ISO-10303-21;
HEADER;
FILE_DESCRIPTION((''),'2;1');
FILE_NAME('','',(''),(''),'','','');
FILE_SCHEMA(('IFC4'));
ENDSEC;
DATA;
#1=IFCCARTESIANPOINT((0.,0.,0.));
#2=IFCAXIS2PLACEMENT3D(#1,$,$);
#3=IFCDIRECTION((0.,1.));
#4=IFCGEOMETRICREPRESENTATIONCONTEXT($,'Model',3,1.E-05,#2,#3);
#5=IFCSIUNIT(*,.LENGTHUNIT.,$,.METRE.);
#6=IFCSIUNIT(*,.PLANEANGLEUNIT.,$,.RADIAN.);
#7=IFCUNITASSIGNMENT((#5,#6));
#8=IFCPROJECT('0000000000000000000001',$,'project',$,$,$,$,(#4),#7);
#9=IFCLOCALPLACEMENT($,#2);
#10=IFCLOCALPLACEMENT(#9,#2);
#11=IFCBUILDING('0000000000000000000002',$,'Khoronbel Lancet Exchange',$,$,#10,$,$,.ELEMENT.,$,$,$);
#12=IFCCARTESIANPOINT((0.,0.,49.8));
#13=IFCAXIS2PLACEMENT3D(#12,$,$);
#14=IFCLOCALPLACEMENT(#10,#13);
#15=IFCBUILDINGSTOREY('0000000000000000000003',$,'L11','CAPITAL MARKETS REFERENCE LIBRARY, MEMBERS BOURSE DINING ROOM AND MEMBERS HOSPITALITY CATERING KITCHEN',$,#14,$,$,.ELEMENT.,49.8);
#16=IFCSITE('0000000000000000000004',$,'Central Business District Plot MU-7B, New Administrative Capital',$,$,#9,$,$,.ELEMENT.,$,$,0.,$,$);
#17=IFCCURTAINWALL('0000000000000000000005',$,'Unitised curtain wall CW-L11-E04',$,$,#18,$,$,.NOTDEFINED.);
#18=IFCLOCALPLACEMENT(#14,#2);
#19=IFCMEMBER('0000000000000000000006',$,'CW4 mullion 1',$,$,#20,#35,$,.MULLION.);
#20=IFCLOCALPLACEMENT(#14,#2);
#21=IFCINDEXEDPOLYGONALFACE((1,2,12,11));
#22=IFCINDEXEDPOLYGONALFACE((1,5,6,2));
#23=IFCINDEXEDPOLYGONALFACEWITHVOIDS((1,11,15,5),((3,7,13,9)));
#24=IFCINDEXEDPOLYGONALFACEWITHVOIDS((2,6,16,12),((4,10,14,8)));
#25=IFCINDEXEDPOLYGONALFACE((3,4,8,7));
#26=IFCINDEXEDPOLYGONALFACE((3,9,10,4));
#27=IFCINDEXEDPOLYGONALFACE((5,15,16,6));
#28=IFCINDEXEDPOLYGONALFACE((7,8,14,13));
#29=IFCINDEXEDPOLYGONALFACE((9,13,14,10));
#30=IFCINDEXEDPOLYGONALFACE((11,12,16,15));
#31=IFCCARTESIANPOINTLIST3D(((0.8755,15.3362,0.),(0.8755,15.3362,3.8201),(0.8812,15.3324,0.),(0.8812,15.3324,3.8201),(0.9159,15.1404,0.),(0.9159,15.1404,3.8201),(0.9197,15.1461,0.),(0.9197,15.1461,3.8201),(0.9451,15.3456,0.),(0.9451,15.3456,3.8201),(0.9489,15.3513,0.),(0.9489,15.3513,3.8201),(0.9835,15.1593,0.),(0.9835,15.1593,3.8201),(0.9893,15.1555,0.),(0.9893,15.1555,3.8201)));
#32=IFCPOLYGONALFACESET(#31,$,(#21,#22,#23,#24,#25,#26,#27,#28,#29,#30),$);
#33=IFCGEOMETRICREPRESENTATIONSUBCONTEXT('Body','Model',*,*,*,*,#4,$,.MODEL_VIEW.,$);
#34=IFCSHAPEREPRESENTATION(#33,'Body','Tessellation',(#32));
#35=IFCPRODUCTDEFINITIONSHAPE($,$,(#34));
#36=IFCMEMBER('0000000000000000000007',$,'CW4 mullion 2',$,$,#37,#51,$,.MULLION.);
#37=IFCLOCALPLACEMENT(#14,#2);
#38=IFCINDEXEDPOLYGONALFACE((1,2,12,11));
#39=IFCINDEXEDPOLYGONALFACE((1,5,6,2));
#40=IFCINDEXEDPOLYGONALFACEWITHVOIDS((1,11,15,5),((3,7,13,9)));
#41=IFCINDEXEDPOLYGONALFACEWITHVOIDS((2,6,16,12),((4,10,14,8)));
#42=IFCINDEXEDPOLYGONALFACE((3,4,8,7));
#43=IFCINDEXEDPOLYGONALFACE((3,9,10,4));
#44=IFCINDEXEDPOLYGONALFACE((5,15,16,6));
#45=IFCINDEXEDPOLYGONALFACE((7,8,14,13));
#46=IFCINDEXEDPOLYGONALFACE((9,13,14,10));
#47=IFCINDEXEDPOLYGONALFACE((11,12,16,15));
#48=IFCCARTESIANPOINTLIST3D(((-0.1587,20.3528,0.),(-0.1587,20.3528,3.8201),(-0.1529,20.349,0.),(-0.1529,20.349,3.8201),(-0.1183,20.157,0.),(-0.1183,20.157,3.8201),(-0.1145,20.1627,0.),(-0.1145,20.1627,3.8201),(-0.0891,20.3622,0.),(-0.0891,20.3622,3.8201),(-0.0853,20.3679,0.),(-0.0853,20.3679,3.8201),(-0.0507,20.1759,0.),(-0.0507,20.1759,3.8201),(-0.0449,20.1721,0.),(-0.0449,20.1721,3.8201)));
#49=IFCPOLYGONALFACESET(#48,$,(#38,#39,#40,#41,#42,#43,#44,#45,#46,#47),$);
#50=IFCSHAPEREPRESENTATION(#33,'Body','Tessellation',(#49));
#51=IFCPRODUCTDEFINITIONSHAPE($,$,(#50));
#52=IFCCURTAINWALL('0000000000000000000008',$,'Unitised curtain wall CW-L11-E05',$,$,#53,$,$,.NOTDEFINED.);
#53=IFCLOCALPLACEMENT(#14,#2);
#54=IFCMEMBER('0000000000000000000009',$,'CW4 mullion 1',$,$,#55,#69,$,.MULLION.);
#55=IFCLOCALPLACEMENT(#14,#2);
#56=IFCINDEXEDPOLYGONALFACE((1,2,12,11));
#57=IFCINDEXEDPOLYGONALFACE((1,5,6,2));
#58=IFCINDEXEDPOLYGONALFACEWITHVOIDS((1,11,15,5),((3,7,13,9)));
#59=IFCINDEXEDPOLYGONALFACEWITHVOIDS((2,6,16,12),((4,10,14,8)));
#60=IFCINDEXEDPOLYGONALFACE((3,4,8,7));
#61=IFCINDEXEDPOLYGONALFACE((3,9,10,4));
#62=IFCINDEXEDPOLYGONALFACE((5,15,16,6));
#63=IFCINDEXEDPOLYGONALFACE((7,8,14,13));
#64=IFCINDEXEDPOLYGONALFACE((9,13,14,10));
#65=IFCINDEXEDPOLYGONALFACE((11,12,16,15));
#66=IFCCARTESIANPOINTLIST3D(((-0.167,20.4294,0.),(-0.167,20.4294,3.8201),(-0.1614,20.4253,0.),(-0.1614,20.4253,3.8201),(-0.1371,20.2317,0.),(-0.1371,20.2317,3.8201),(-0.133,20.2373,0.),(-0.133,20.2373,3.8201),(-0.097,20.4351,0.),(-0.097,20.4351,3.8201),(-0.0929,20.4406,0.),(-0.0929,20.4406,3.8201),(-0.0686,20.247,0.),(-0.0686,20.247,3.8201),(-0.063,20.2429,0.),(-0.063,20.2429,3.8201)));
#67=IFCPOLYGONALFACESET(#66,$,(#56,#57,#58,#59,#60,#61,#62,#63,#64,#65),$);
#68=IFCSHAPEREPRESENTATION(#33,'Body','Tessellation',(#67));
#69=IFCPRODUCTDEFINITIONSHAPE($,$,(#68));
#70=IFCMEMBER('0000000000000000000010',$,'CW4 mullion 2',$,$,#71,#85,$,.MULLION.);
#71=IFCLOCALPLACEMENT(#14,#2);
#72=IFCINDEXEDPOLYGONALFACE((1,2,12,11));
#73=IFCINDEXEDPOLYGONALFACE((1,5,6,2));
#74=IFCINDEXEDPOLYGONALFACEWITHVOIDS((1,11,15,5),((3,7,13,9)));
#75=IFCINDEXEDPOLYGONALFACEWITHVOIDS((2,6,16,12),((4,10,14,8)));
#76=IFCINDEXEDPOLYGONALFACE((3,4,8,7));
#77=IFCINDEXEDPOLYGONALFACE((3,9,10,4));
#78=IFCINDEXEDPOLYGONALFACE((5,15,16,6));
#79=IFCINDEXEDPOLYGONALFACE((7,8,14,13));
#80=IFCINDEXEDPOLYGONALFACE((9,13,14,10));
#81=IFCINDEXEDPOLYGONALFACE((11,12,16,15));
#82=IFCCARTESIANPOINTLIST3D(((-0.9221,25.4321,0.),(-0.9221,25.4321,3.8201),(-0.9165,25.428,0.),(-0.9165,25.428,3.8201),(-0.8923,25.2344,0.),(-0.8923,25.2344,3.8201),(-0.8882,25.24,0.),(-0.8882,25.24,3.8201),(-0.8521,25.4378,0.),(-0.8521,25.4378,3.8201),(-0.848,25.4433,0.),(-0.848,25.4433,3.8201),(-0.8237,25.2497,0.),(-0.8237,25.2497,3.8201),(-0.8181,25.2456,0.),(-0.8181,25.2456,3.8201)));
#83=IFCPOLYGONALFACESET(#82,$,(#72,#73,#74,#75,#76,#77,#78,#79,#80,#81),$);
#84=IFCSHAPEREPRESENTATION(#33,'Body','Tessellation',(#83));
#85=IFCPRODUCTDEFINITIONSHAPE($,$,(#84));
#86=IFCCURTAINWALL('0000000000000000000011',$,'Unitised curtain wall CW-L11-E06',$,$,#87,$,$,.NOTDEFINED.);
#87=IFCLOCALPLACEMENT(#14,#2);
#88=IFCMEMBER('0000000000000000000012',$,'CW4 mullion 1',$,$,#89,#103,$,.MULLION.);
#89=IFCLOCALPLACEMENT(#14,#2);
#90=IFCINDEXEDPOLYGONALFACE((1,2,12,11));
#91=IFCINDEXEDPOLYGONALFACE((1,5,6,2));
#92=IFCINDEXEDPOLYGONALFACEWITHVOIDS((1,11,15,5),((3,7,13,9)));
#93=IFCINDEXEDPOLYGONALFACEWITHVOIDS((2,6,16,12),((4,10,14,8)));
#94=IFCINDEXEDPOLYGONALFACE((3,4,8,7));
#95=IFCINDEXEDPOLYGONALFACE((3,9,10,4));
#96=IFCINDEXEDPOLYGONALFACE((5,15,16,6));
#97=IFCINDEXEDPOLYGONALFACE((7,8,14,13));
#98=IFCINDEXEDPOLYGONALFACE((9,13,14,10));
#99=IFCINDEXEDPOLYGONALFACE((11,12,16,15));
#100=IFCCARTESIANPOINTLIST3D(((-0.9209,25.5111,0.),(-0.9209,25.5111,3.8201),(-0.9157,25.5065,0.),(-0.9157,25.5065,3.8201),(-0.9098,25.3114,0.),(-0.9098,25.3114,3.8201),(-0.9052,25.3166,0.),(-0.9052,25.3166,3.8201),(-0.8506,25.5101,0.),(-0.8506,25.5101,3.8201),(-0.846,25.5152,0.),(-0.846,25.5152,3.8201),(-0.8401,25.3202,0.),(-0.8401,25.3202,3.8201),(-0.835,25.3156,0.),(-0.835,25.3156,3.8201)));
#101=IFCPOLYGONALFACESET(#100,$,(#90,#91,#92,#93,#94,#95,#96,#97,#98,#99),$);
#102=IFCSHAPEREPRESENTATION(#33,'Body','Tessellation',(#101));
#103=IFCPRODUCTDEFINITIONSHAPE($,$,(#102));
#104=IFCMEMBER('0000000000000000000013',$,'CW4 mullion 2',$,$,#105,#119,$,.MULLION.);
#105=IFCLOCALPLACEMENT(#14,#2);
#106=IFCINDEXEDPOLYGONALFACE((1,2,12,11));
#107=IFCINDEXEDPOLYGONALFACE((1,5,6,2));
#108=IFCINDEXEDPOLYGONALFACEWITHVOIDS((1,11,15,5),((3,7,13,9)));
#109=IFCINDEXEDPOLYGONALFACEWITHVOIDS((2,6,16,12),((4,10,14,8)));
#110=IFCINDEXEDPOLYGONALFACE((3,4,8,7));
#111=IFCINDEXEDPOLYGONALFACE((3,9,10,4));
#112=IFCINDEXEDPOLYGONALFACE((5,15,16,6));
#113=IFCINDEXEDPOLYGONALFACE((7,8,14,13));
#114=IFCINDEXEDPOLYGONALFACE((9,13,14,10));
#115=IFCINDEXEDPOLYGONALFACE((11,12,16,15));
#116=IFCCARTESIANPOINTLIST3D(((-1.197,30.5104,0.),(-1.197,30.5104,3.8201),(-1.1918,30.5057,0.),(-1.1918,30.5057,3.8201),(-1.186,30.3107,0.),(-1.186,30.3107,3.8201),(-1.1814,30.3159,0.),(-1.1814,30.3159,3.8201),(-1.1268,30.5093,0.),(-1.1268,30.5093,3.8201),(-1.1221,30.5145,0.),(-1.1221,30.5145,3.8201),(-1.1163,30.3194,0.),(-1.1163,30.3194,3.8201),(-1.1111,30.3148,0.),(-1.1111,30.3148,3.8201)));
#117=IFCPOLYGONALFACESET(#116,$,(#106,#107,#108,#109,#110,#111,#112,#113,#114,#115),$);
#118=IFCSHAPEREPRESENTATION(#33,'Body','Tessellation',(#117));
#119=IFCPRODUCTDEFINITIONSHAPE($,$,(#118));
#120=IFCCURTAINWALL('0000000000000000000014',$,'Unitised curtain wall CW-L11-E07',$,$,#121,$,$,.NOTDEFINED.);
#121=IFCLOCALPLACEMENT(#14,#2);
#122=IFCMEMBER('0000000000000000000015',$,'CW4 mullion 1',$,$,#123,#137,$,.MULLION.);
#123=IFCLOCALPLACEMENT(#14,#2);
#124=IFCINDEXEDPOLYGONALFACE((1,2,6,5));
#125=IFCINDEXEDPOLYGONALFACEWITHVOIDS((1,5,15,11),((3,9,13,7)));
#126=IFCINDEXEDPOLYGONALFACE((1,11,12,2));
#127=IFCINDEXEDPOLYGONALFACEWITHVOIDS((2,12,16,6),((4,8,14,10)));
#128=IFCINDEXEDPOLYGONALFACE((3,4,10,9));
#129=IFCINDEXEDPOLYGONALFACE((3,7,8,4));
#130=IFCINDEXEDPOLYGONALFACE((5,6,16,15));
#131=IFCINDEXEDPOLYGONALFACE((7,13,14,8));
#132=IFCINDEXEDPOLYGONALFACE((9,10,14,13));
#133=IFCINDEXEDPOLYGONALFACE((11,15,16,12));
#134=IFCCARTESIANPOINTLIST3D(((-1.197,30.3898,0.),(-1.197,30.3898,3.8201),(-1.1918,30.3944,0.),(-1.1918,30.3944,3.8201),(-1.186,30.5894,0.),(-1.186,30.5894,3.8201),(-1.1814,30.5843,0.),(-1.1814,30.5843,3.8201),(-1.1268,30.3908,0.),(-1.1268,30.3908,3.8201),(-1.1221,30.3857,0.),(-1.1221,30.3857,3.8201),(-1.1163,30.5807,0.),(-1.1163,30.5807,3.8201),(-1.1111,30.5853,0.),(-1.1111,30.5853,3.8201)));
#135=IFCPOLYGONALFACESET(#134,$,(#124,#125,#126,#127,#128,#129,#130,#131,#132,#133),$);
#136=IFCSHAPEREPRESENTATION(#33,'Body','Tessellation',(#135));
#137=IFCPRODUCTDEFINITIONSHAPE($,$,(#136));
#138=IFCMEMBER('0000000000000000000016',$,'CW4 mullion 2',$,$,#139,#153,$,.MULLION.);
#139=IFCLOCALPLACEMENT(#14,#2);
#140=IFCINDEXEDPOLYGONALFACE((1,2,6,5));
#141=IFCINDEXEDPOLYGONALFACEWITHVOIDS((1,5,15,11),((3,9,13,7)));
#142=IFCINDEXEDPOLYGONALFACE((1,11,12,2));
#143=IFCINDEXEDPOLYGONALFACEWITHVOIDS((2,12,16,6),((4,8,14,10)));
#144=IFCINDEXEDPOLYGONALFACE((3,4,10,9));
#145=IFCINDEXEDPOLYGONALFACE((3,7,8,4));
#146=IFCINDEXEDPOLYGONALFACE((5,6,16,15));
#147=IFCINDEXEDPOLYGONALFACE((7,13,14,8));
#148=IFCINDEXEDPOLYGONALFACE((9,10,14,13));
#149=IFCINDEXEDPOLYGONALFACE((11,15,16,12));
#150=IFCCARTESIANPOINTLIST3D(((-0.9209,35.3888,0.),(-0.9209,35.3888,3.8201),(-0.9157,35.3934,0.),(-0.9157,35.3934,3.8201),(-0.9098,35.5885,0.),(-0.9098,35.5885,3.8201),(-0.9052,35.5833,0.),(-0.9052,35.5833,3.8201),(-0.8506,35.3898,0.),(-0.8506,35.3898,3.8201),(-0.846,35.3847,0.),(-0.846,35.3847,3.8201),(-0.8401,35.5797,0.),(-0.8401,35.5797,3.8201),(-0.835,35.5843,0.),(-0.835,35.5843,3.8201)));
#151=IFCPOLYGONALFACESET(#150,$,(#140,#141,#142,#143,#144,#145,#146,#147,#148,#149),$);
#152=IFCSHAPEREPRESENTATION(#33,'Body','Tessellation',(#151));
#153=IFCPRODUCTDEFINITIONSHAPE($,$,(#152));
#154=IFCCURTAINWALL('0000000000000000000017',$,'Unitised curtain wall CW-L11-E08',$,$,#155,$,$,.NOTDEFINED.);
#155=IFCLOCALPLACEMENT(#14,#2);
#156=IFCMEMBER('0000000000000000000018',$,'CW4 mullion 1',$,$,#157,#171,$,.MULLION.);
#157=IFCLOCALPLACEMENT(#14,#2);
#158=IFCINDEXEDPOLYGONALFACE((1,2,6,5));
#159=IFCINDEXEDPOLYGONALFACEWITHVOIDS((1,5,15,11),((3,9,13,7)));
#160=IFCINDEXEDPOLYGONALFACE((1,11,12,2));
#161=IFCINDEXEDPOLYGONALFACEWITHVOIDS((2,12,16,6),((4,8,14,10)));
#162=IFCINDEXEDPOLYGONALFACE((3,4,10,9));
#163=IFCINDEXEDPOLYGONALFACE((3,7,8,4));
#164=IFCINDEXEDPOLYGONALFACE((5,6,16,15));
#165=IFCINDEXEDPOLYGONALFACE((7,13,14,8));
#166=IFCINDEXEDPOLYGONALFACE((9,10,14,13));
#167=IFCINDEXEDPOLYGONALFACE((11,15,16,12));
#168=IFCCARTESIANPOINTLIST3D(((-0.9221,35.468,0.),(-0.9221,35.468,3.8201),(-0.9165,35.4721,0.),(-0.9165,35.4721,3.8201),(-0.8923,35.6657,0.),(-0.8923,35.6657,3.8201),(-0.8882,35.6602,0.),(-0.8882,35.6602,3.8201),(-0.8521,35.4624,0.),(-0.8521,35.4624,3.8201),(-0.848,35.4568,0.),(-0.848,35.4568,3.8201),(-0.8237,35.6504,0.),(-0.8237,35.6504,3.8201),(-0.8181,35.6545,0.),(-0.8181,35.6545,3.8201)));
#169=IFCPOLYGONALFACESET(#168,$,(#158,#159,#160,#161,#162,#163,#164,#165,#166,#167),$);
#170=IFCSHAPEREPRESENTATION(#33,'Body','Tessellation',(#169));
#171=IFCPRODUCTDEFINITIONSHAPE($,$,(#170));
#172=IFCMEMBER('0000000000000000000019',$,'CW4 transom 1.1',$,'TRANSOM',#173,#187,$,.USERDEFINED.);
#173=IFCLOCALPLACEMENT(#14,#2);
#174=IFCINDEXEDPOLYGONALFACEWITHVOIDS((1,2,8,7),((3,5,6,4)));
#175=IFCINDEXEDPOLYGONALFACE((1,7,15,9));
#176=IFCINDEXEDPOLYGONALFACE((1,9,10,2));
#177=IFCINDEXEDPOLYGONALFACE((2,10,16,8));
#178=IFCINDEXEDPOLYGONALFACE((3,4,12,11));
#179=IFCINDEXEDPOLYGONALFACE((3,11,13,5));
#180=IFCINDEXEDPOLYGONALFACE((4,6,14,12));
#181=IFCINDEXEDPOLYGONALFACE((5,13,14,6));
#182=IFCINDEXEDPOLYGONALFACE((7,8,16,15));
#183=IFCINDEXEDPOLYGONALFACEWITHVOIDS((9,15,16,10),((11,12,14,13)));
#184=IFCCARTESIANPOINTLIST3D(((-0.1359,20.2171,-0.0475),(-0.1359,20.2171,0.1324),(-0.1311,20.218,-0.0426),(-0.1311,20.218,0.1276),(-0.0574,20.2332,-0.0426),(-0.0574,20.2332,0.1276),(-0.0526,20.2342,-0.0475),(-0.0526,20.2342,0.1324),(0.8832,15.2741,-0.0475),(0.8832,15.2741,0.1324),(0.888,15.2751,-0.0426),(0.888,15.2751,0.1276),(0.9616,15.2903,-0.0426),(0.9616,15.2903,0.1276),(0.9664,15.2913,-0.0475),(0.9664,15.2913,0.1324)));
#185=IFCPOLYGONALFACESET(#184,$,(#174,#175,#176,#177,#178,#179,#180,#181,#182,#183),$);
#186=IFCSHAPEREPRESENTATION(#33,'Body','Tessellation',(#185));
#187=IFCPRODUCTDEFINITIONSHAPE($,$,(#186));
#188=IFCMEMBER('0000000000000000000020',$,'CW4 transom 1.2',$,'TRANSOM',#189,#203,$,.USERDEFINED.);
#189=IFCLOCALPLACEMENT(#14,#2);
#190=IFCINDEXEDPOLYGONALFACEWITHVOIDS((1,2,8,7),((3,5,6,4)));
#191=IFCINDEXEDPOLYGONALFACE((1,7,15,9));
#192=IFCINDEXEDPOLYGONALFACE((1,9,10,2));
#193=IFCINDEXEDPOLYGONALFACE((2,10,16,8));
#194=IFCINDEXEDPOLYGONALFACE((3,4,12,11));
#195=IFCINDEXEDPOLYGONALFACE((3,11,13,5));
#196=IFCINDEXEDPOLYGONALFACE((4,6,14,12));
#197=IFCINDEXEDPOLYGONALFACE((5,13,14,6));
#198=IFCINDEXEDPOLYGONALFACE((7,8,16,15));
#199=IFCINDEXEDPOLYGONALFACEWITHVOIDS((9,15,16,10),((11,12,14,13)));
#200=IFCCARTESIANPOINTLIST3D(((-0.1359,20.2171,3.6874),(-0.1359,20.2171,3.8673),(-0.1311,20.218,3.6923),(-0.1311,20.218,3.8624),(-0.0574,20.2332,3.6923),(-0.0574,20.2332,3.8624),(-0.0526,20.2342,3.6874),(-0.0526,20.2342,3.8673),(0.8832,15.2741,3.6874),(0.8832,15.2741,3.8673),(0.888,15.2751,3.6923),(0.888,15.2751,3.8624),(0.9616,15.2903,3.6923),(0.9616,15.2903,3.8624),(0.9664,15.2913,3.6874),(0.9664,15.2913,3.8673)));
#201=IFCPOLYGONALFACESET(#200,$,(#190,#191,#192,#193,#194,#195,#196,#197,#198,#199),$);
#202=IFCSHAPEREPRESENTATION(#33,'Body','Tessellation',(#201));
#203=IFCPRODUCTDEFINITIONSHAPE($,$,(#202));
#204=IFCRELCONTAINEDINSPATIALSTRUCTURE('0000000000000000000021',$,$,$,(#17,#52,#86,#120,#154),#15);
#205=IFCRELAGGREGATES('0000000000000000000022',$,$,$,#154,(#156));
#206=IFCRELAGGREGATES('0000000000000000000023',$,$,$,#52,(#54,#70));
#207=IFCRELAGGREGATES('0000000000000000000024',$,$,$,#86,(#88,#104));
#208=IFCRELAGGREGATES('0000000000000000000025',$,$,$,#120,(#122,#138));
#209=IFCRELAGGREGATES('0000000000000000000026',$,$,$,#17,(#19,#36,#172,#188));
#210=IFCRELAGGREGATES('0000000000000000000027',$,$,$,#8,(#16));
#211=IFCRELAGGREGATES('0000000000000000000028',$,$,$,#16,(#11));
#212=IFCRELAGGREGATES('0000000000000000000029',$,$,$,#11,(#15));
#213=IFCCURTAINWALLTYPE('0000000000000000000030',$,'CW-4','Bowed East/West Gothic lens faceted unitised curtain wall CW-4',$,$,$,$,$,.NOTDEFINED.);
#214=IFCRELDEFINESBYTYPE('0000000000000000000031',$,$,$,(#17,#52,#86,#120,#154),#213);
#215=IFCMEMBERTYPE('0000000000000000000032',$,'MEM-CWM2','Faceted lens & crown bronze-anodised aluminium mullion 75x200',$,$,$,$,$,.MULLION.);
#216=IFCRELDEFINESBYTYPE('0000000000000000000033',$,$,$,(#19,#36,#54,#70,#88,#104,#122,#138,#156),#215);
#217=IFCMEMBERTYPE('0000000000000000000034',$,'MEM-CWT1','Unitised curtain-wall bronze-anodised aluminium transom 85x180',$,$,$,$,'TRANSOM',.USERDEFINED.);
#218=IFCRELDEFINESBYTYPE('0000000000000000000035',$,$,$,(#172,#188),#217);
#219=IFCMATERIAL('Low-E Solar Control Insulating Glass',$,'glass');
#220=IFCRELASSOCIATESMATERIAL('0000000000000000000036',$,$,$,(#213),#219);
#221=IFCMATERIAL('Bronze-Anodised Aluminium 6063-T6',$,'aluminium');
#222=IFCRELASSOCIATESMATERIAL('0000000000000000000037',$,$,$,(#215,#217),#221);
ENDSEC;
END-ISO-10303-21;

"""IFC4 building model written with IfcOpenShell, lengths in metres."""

from ifc_helpers import new_model, si_unit, direction, frame, origin, origin_2d, place, context, subcontext, project, spatial, hollow_rectangle, extrude, material, material_profile, profile_set, type_object, element, aggregate, save


model = new_model("IFC4")

# Units and contexts
model_context = context("Model", 3, precision=1e-05, world=origin(), true_north=direction((0.0, 1.0)))
body_context = subcontext(model_context, "Body", "Model", "MODEL_VIEW")
ifc_project = project(units=[si_unit("LENGTHUNIT", "METRE"), si_unit("PLANEANGLEUNIT", "RADIAN")], contexts=[model_context])

# Site, building, storey
site_placement = place(None, origin())
site = spatial("IfcSite", under=ifc_project, at=site_placement, Name="Central Business District Plot MU-7B, New Administrative Capital", CompositionType="ELEMENT", RefElevation=0.0)
building_placement = place(site_placement, origin())
building = spatial("IfcBuilding", under=site, at=building_placement, Name="Khoronbel Lancet Exchange", CompositionType="ELEMENT")
storey_placement = place(building_placement, frame((0.0, 0.0, 49.8)))
storey = spatial("IfcBuildingStorey", under=building, at=storey_placement, Name="L11", Description="CAPITAL MARKETS REFERENCE LIBRARY, MEMBERS BOURSE DINING ROOM AND MEMBERS HOSPITALITY CATERING KITCHEN", CompositionType="ELEMENT", Elevation=49.8)

# Curtain walls, members
ifc_material_1 = material(Name="Low-E Solar Control Insulating Glass", Category="glass")
curtain_wall_type = type_object("IfcCurtainWallType", Name="CW-4", Description="Bowed East/West Gothic lens faceted unitised curtain wall CW-4", PredefinedType="NOTDEFINED", material=ifc_material_1)
curtain_wall_1_placement = place(storey_placement, origin())
curtain_wall_1 = element("IfcCurtainWall", 1, at=curtain_wall_1_placement, inside=storey, type_object=curtain_wall_type, Name="Unitised curtain wall CW-L11-E04", PredefinedType="NOTDEFINED")
ifc_material_2 = material(Name="Bronze-Anodised Aluminium 6063-T6", Category="aluminium")
ifc_material_profile_1 = material_profile(ifc_material_2, hollow_rectangle(XDim=0.075, YDim=0.2, WallThickness=0.0049, at=origin_2d()), Name="ALU MULLION 75x200")
ifc_profile_set_1 = profile_set([ifc_material_profile_1], Name="Bronze-Anodised Aluminium 6063-T6")
member_type_1 = type_object("IfcMemberType", Name="MEM-CWM2", Description="Faceted lens & crown bronze-anodised aluminium mullion 75x200", PredefinedType="MULLION", material=ifc_profile_set_1)
member_1_placement = place(storey_placement, frame((0.9324, 15.2458, 0.0), z_axis=(0.0, 0.0, 1.0), x_axis=(-0.979397, -0.201944, 0.0)))
member_1 = element("IfcMember", 2, at=member_1_placement, type_object=member_type_1, Name="CW4 mullion 1", PredefinedType="MULLION", context=body_context, shape_type="SweptSolid", body=[
    extrude(hollow_rectangle(XDim=0.075, YDim=0.2, WallThickness=0.0049, at=origin_2d()), origin(), (0.0, 0.0, 1.0), 3.8201),
])
member_2_placement = place(storey_placement, frame((-0.1018, 20.2625, 0.0), z_axis=(0.0, 0.0, 1.0), x_axis=(-0.979397, -0.201944, 0.0)))
member_2 = element("IfcMember", 3, at=member_2_placement, type_object=member_type_1, Name="CW4 mullion 2", PredefinedType="MULLION", context=body_context, shape_type="SweptSolid", body=[
    extrude(hollow_rectangle(XDim=0.075, YDim=0.2, WallThickness=0.0049, at=origin_2d()), origin(), (0.0, 0.0, 1.0), 3.8201),
])
curtain_wall_2_placement = place(storey_placement, origin())
curtain_wall_2 = element("IfcCurtainWall", 4, at=curtain_wall_2_placement, inside=storey, type_object=curtain_wall_type, Name="Unitised curtain wall CW-L11-E05", PredefinedType="NOTDEFINED")
member_3_placement = place(storey_placement, frame((-0.115, 20.3362, 0.0), z_axis=(0.0, 0.0, 1.0), x_axis=(-0.988799, -0.149251, 0.0)))
member_3 = element("IfcMember", 5, at=member_3_placement, type_object=member_type_1, Name="CW4 mullion 1", PredefinedType="MULLION", context=body_context, shape_type="SweptSolid", body=[
    extrude(hollow_rectangle(XDim=0.075, YDim=0.2, WallThickness=0.0049, at=origin_2d()), origin(), (0.0, 0.0, 1.0), 3.8201),
])
member_4_placement = place(storey_placement, frame((-0.8701, 25.3389, 0.0), z_axis=(0.0, 0.0, 1.0), x_axis=(-0.988799, -0.149251, 0.0)))
member_4 = element("IfcMember", 6, at=member_4_placement, type_object=member_type_1, Name="CW4 mullion 2", PredefinedType="MULLION", context=body_context, shape_type="SweptSolid", body=[
    extrude(hollow_rectangle(XDim=0.075, YDim=0.2, WallThickness=0.0049, at=origin_2d()), origin(), (0.0, 0.0, 1.0), 3.8201),
])
curtain_wall_3_placement = place(storey_placement, origin())
curtain_wall_3 = element("IfcCurtainWall", 7, at=curtain_wall_3_placement, inside=storey, type_object=curtain_wall_type, Name="Unitised curtain wall CW-L11-E06", PredefinedType="NOTDEFINED")
member_5_placement = place(storey_placement, frame((-0.8779, 25.4133, 0.0), z_axis=(0.0, 0.0, 1.0), x_axis=(-0.998478, -0.055157, 0.0)))
member_5 = element("IfcMember", 8, at=member_5_placement, type_object=member_type_1, Name="CW4 mullion 1", PredefinedType="MULLION", context=body_context, shape_type="SweptSolid", body=[
    extrude(hollow_rectangle(XDim=0.075, YDim=0.2, WallThickness=0.0049, at=origin_2d()), origin(), (0.0, 0.0, 1.0), 3.8201),
])
member_6_placement = place(storey_placement, frame((-1.1541, 30.4126, 0.0), z_axis=(0.0, 0.0, 1.0), x_axis=(-0.998478, -0.055157, 0.0)))
member_6 = element("IfcMember", 9, at=member_6_placement, type_object=member_type_1, Name="CW4 mullion 2", PredefinedType="MULLION", context=body_context, shape_type="SweptSolid", body=[
    extrude(hollow_rectangle(XDim=0.075, YDim=0.2, WallThickness=0.0049, at=origin_2d()), origin(), (0.0, 0.0, 1.0), 3.8201),
])
curtain_wall_4_placement = place(storey_placement, origin())
curtain_wall_4 = element("IfcCurtainWall", 10, at=curtain_wall_4_placement, inside=storey, type_object=curtain_wall_type, Name="Unitised curtain wall CW-L11-E07", PredefinedType="NOTDEFINED")
member_7_placement = place(storey_placement, frame((-1.1541, 30.4875, 0.0), z_axis=(0.0, 0.0, 1.0), x_axis=(-0.998478, 0.055157, 0.0)))
member_7 = element("IfcMember", 11, at=member_7_placement, type_object=member_type_1, Name="CW4 mullion 1", PredefinedType="MULLION", context=body_context, shape_type="SweptSolid", body=[
    extrude(hollow_rectangle(XDim=0.075, YDim=0.2, WallThickness=0.0049, at=origin_2d()), origin(), (0.0, 0.0, 1.0), 3.8201),
])
member_8_placement = place(storey_placement, frame((-0.8779, 35.4866, 0.0), z_axis=(0.0, 0.0, 1.0), x_axis=(-0.998478, 0.055157, 0.0)))
member_8 = element("IfcMember", 12, at=member_8_placement, type_object=member_type_1, Name="CW4 mullion 2", PredefinedType="MULLION", context=body_context, shape_type="SweptSolid", body=[
    extrude(hollow_rectangle(XDim=0.075, YDim=0.2, WallThickness=0.0049, at=origin_2d()), origin(), (0.0, 0.0, 1.0), 3.8201),
])

# Curtain wall, member
curtain_wall_5_placement = place(storey_placement, origin())
curtain_wall_5 = element("IfcCurtainWall", 13, at=curtain_wall_5_placement, inside=storey, type_object=curtain_wall_type, Name="Unitised curtain wall CW-L11-E08", PredefinedType="NOTDEFINED")
member_9_placement = place(storey_placement, frame((-0.8701, 35.5613, 0.0), z_axis=(0.0, 0.0, 1.0), x_axis=(-0.988799, 0.149251, 0.0)))
member_9 = element("IfcMember", 14, at=member_9_placement, type_object=member_type_1, Name="CW4 mullion 1", PredefinedType="MULLION", context=body_context, shape_type="SweptSolid", body=[
    extrude(hollow_rectangle(XDim=0.075, YDim=0.2, WallThickness=0.0049, at=origin_2d()), origin(), (0.0, 0.0, 1.0), 3.8201),
])

# Members
ifc_material_profile_2 = material_profile(ifc_material_2, hollow_rectangle(XDim=0.085, YDim=0.1799, WallThickness=0.0049, at=origin_2d()), Name="ALU TRANSOM 85x180")
ifc_profile_set_2 = profile_set([ifc_material_profile_2], Name="Bronze-Anodised Aluminium 6063-T6")
member_type_2 = type_object("IfcMemberType", Name="MEM-CWT1", Description="Unitised curtain-wall bronze-anodised aluminium transom 85x180", ElementType="TRANSOM", PredefinedType="USERDEFINED", material=ifc_profile_set_2)
member_10_placement = place(storey_placement, frame((0.9248, 15.2827, 0.0425), z_axis=(-0.201918, 0.979402, 0.0), x_axis=(-0.979402, -0.201918, 0.0)))
member_10 = element("IfcMember", 15, at=member_10_placement, type_object=member_type_2, Name="CW4 transom 1.1", ObjectType="TRANSOM", PredefinedType="USERDEFINED", context=body_context, shape_type="SweptSolid", body=[
    extrude(hollow_rectangle(XDim=0.085, YDim=0.1799, WallThickness=0.0049, at=origin_2d()), origin(), (0.0, 0.0, 1.0), 5.0469),
])
member_11_placement = place(storey_placement, frame((0.9248, 15.2827, 3.7773), z_axis=(-0.201918, 0.979402, 0.0), x_axis=(-0.979402, -0.201918, 0.0)))
member_11 = element("IfcMember", 16, at=member_11_placement, type_object=member_type_2, Name="CW4 transom 1.2", ObjectType="TRANSOM", PredefinedType="USERDEFINED", context=body_context, shape_type="SweptSolid", body=[
    extrude(hollow_rectangle(XDim=0.085, YDim=0.1799, WallThickness=0.0049, at=origin_2d()), origin(), (0.0, 0.0, 1.0), 5.0469),
])
aggregate(curtain_wall_5, [member_9])

aggregate(curtain_wall_2, [member_3, member_4])
aggregate(curtain_wall_3, [member_5, member_6])
aggregate(curtain_wall_4, [member_7, member_8])
aggregate(curtain_wall_1, [member_1, member_2, member_10, member_11])

save(model, "model.ifc")
